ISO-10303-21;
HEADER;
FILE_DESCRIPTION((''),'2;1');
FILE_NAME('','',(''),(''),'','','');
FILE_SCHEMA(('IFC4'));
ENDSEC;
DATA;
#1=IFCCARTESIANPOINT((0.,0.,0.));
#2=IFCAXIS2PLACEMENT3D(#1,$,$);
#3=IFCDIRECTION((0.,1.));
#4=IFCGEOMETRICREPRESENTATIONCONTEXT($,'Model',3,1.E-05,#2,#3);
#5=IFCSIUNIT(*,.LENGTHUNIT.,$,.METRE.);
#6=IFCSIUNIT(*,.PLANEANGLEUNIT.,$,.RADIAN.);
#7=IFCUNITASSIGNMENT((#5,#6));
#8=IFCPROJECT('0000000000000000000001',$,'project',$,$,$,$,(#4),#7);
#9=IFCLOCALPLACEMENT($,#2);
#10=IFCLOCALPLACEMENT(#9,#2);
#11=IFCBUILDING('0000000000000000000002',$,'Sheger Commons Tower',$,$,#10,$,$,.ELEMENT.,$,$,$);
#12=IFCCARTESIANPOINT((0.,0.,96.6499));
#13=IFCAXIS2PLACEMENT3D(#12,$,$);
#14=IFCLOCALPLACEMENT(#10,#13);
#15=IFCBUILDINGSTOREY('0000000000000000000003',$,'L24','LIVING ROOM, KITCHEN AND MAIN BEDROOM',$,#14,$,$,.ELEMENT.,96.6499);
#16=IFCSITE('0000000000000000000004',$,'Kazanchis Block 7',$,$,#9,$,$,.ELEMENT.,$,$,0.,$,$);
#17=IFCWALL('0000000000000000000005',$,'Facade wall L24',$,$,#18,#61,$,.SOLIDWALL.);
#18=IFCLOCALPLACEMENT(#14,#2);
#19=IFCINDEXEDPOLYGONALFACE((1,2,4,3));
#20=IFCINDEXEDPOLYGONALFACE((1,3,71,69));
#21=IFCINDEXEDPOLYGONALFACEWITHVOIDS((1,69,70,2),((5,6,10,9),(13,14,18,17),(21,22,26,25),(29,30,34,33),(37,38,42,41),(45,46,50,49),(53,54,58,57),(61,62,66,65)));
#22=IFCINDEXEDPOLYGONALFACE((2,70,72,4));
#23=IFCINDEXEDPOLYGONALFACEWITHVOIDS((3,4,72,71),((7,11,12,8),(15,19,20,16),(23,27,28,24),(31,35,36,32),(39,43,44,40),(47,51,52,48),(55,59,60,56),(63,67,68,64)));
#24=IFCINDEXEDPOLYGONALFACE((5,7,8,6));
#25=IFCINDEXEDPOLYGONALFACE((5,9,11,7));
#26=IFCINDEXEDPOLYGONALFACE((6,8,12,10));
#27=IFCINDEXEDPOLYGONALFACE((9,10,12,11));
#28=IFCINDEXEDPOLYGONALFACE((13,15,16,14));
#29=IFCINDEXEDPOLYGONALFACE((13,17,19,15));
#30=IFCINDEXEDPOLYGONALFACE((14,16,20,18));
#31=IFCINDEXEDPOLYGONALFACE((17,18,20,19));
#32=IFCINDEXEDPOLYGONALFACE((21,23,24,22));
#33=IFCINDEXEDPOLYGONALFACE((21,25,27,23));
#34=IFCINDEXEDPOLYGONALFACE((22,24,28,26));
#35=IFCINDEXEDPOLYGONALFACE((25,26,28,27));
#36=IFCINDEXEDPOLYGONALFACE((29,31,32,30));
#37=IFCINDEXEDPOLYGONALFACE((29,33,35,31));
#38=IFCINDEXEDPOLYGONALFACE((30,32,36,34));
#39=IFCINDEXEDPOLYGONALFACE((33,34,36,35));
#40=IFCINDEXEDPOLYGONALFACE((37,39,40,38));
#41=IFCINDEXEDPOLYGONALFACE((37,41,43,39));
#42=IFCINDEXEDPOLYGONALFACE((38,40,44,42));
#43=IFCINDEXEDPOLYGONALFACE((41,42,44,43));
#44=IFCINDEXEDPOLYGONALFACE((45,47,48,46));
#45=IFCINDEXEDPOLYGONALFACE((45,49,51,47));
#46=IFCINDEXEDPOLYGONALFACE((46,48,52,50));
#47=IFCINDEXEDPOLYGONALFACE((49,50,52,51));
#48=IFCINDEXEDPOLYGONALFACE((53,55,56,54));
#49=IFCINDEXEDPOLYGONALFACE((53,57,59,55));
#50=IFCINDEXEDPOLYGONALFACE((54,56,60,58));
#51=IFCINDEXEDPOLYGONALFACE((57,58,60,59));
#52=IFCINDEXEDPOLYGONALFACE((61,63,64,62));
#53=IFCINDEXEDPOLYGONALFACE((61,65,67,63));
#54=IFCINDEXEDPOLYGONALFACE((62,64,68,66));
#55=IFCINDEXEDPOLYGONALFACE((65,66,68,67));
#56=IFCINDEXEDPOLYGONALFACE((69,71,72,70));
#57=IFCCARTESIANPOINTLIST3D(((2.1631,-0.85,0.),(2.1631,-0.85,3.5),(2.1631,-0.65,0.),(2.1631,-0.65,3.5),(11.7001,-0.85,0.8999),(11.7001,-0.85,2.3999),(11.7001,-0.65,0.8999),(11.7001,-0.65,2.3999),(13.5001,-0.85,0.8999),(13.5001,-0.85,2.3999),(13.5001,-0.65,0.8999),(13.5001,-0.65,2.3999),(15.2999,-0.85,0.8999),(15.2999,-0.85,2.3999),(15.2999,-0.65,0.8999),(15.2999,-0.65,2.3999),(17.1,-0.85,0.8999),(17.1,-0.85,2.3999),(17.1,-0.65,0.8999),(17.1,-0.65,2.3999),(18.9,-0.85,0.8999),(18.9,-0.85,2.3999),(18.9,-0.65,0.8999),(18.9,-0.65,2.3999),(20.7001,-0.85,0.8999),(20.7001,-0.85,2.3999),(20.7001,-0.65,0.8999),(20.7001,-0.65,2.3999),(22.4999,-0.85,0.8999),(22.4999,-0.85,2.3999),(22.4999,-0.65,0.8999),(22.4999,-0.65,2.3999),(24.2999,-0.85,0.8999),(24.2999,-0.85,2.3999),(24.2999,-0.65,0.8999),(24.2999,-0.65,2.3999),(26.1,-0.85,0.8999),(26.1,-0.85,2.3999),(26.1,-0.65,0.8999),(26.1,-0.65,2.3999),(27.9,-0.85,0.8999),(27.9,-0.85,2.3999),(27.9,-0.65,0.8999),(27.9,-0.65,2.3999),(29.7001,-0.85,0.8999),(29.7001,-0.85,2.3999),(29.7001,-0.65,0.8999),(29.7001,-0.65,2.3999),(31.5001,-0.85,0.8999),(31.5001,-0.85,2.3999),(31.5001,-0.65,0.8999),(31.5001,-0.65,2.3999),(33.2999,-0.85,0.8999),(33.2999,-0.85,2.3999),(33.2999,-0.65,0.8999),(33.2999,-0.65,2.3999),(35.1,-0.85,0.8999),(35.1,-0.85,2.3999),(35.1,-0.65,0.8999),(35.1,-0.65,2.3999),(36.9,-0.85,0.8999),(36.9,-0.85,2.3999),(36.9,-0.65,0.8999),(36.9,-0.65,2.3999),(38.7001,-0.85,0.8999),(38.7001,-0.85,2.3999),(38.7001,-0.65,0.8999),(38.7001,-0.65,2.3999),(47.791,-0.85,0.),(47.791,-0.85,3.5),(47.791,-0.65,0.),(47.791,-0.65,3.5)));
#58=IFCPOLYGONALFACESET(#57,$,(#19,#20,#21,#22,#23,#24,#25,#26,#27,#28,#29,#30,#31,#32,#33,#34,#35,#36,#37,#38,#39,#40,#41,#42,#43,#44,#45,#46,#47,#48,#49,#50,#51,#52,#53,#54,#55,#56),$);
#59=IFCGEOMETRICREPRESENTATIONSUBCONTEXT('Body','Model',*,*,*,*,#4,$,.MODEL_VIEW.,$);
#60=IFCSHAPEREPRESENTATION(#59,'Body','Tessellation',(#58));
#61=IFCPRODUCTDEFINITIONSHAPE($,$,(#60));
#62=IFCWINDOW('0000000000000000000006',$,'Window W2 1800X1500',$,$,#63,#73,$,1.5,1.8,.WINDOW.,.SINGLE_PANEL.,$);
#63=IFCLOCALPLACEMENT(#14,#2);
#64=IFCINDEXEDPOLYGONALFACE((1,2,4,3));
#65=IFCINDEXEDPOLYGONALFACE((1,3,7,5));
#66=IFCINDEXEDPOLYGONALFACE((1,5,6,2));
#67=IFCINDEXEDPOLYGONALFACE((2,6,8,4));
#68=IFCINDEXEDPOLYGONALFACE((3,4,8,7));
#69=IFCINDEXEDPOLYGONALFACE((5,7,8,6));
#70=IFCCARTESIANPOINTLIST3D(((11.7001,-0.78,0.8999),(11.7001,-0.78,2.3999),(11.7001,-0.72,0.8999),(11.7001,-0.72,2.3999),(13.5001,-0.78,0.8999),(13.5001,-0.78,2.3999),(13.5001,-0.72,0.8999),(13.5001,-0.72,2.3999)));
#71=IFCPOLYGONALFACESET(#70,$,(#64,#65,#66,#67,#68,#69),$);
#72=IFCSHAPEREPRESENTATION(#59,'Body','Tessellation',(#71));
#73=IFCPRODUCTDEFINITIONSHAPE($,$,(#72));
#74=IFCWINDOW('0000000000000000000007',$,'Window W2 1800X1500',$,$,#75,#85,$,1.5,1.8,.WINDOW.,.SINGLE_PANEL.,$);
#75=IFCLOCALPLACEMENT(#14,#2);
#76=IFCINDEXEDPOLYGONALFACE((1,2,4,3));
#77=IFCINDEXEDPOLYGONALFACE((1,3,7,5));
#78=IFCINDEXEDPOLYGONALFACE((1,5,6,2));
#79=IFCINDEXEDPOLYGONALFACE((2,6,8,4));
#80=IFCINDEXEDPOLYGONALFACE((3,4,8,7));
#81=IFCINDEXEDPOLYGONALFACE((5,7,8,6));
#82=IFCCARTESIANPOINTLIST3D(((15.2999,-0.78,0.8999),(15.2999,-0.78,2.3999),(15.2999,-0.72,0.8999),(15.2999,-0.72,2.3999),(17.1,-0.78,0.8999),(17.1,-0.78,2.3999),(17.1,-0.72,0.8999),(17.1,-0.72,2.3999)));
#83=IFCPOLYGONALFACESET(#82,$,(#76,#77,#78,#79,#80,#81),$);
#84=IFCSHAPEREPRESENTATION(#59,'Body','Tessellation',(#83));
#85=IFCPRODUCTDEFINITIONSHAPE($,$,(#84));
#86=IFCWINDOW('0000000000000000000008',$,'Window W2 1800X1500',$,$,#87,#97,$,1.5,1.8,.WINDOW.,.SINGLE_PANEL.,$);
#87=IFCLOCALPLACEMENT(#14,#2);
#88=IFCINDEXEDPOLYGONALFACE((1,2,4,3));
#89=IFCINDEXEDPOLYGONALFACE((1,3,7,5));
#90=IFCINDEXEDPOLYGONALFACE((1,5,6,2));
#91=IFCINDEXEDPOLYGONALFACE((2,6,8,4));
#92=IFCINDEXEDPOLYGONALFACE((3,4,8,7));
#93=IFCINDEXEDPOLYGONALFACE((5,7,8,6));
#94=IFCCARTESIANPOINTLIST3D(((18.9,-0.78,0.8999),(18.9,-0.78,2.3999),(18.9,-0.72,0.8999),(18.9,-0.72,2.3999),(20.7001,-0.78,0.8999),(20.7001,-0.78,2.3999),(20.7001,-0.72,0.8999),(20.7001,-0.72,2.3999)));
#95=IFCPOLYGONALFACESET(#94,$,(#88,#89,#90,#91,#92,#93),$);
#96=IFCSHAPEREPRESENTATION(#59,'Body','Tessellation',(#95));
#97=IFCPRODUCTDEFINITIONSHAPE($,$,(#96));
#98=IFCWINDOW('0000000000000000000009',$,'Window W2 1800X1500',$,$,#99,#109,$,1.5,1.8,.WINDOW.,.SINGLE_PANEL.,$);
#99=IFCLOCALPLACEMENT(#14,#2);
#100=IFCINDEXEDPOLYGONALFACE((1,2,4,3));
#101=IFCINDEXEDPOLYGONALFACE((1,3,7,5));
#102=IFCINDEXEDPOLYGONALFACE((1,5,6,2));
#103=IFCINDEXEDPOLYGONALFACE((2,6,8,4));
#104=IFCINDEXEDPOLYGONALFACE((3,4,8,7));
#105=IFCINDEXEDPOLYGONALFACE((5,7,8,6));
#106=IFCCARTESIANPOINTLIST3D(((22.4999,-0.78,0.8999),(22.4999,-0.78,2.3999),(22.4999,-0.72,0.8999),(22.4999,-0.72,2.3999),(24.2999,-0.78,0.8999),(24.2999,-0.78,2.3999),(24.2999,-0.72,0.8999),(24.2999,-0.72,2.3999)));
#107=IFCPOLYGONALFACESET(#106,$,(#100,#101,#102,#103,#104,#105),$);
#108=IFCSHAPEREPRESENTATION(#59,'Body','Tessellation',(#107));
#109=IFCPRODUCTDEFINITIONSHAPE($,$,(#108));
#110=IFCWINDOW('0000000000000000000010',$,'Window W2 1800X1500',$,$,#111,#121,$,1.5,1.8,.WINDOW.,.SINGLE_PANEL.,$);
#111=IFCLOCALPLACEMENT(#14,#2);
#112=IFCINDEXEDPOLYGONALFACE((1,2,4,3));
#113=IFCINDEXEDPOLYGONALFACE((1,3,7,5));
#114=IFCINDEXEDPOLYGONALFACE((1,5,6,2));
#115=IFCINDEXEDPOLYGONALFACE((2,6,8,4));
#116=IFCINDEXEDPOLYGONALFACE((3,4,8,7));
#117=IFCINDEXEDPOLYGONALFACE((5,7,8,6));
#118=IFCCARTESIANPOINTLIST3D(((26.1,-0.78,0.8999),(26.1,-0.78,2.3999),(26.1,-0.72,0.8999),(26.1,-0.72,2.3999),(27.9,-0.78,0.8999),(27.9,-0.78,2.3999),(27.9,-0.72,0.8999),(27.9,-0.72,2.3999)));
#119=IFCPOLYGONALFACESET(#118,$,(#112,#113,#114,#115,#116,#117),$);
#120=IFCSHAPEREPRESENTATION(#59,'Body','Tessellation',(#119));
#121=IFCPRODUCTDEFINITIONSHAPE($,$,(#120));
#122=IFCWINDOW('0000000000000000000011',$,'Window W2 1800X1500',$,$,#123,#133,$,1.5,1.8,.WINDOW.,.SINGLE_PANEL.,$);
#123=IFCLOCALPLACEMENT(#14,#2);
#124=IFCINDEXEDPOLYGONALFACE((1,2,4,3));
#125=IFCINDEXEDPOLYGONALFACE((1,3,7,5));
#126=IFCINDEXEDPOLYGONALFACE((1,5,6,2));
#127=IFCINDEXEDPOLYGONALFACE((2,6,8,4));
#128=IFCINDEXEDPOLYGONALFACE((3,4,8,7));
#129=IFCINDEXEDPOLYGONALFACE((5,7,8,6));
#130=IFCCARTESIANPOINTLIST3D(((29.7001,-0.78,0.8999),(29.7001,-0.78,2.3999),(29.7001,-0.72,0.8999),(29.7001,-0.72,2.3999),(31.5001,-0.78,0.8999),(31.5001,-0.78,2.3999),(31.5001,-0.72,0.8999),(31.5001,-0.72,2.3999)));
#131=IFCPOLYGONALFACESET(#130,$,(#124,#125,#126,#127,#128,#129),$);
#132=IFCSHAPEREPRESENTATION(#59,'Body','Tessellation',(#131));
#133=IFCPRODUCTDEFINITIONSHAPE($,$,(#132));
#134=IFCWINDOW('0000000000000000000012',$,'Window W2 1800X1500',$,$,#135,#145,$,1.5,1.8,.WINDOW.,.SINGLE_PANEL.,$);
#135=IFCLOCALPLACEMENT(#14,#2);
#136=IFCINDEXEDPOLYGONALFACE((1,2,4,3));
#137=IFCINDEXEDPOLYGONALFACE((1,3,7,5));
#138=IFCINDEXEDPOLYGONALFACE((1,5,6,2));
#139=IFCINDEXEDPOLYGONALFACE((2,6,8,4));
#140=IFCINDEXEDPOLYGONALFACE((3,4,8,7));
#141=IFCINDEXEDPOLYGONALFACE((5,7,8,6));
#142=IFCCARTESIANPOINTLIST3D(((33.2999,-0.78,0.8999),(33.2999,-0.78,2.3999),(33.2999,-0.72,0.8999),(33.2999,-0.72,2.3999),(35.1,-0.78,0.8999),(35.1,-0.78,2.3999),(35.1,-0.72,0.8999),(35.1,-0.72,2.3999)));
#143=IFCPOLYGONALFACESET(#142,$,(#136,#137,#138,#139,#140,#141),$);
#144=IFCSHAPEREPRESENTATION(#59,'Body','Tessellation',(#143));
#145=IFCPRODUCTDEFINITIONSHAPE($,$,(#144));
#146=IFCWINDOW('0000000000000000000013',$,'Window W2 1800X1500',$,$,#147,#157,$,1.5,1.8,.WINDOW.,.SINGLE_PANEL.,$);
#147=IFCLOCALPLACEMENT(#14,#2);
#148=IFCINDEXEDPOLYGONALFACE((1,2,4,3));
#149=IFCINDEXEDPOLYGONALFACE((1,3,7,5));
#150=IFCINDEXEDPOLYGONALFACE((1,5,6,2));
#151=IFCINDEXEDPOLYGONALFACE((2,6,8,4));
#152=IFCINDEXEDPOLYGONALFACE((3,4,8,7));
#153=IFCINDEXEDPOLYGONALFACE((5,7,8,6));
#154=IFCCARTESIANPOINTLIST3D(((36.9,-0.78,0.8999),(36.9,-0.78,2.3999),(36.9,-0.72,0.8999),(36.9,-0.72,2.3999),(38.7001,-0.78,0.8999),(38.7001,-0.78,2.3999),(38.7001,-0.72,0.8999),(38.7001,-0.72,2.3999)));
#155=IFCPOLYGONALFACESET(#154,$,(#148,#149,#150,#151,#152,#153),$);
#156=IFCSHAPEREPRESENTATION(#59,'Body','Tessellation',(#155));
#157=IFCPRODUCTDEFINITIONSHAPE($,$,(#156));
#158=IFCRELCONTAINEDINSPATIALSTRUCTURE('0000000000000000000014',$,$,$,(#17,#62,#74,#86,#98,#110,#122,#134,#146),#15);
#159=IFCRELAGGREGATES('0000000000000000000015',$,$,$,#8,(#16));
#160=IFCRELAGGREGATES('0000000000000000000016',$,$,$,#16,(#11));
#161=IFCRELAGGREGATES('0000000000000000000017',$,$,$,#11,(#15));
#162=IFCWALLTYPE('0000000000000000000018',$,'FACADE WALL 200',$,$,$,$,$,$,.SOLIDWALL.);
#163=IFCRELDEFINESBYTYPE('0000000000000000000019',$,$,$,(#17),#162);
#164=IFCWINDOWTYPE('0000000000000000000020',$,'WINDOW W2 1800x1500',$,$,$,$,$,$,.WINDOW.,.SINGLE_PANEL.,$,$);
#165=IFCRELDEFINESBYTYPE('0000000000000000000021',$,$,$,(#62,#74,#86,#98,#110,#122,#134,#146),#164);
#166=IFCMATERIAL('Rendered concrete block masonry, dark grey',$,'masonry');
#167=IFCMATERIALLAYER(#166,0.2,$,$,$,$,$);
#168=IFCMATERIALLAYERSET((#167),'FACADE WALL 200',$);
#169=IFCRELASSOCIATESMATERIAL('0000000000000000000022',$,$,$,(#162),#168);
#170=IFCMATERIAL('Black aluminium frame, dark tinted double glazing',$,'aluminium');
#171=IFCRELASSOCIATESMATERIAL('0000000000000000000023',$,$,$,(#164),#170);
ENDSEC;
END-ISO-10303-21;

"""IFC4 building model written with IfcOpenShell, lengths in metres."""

from ifc_helpers import new_model, si_unit, direction, frame, frame_2d, origin, place, context, subcontext, project, spatial, rectangle, extrude, material, layer, layer_set, type_object, element, fill, save


model = new_model("IFC4")

# Units and contexts
model_context = context("Model", 3, precision=1e-05, world=origin(), true_north=direction((0.0, 1.0)))
body_context = subcontext(model_context, "Body", "Model", "MODEL_VIEW")
ifc_project = project(units=[si_unit("LENGTHUNIT", "METRE"), si_unit("PLANEANGLEUNIT", "RADIAN")], contexts=[model_context])

# Site, building, storey
site_placement = place(None, origin())
site = spatial("IfcSite", under=ifc_project, at=site_placement, Name="Kazanchis Block 7", CompositionType="ELEMENT", RefElevation=0.0)
building_placement = place(site_placement, origin())
building = spatial("IfcBuilding", under=site, at=building_placement, Name="Sheger Commons Tower", CompositionType="ELEMENT")
storey_placement = place(building_placement, frame((0.0, 0.0, 96.6499)))
storey = spatial("IfcBuildingStorey", under=building, at=storey_placement, Name="L24", Description="LIVING ROOM, KITCHEN AND MAIN BEDROOM", CompositionType="ELEMENT", Elevation=96.6499)

# Wall, openings, windows
ifc_material_1 = material(Name="Rendered concrete block masonry, dark grey", Category="masonry")
ifc_layer_1 = layer(ifc_material_1, 0.2)
ifc_layer_set_1 = layer_set([ifc_layer_1], Name="FACADE WALL 200")
wall_type_1 = type_object("IfcWallType", Name="FACADE WALL 200", PredefinedType="SOLIDWALL", material=ifc_layer_set_1)
wall_1_placement = place(storey_placement, frame((2.1631, -0.75, 0.0), z_axis=(0.0, 0.0, 1.0), x_axis=(1.0, 0.0, 0.0)))
wall_1 = element("IfcWall", 1, at=wall_1_placement, inside=storey, type_object=wall_type_1, Name="Facade wall L24", PredefinedType="SOLIDWALL", context=body_context, shape_type="SweptSolid", body=[
    extrude(rectangle(XDim=45.6279, YDim=0.2, at=frame_2d((22.814, 0.0))), origin(), (0.0, 0.0, 1.0), 3.5),
])
opening_1_placement = place(wall_1_placement, frame((9.5371, 0.0, 0.8999)))
opening_1 = element("IfcOpeningElement", 2, at=opening_1_placement, cuts=wall_1, PredefinedType="OPENING", context=body_context, shape_type="SweptSolid", body=[
    extrude(rectangle(XDim=1.8, YDim=1.5, at=frame_2d((0.8999, 0.75))), frame((0.0, 0.1099, 0.0), z_axis=(0.0, -1.0, 0.0), x_axis=(1.0, 0.0, 0.0)), (0.0, 0.0, 1.0), 0.22),
])
opening_2_placement = place(wall_1_placement, frame((13.137, 0.0, 0.8999)))
opening_2 = element("IfcOpeningElement", 3, at=opening_2_placement, cuts=wall_1, PredefinedType="OPENING", context=body_context, shape_type="SweptSolid", body=[
    extrude(rectangle(XDim=1.8, YDim=1.5, at=frame_2d((0.8999, 0.75))), frame((0.0, 0.1099, 0.0), z_axis=(0.0, -1.0, 0.0), x_axis=(1.0, 0.0, 0.0)), (0.0, 0.0, 1.0), 0.22),
])
opening_3_placement = place(wall_1_placement, frame((16.7371, 0.0, 0.8999)))
opening_3 = element("IfcOpeningElement", 4, at=opening_3_placement, cuts=wall_1, PredefinedType="OPENING", context=body_context, shape_type="SweptSolid", body=[
    extrude(rectangle(XDim=1.8, YDim=1.5, at=frame_2d((0.8999, 0.75))), frame((0.0, 0.1099, 0.0), z_axis=(0.0, -1.0, 0.0), x_axis=(1.0, 0.0, 0.0)), (0.0, 0.0, 1.0), 0.22),
])
opening_4_placement = place(wall_1_placement, frame((20.3369, 0.0, 0.8999)))
opening_4 = element("IfcOpeningElement", 5, at=opening_4_placement, cuts=wall_1, PredefinedType="OPENING", context=body_context, shape_type="SweptSolid", body=[
    extrude(rectangle(XDim=1.8, YDim=1.5, at=frame_2d((0.8999, 0.75))), frame((0.0, 0.1099, 0.0), z_axis=(0.0, -1.0, 0.0), x_axis=(1.0, 0.0, 0.0)), (0.0, 0.0, 1.0), 0.22),
])
opening_5_placement = place(wall_1_placement, frame((23.937, 0.0, 0.8999)))
opening_5 = element("IfcOpeningElement", 6, at=opening_5_placement, cuts=wall_1, PredefinedType="OPENING", context=body_context, shape_type="SweptSolid", body=[
    extrude(rectangle(XDim=1.8, YDim=1.5, at=frame_2d((0.8999, 0.75))), frame((0.0, 0.1099, 0.0), z_axis=(0.0, -1.0, 0.0), x_axis=(1.0, 0.0, 0.0)), (0.0, 0.0, 1.0), 0.22),
])
opening_6_placement = place(wall_1_placement, frame((27.5371, 0.0, 0.8999)))
opening_6 = element("IfcOpeningElement", 7, at=opening_6_placement, cuts=wall_1, PredefinedType="OPENING", context=body_context, shape_type="SweptSolid", body=[
    extrude(rectangle(XDim=1.8, YDim=1.5, at=frame_2d((0.8999, 0.75))), frame((0.0, 0.1099, 0.0), z_axis=(0.0, -1.0, 0.0), x_axis=(1.0, 0.0, 0.0)), (0.0, 0.0, 1.0), 0.22),
])
opening_7_placement = place(wall_1_placement, frame((31.137, 0.0, 0.8999)))
opening_7 = element("IfcOpeningElement", 8, at=opening_7_placement, cuts=wall_1, PredefinedType="OPENING", context=body_context, shape_type="SweptSolid", body=[
    extrude(rectangle(XDim=1.8, YDim=1.5, at=frame_2d((0.8999, 0.75))), frame((0.0, 0.1099, 0.0), z_axis=(0.0, -1.0, 0.0), x_axis=(1.0, 0.0, 0.0)), (0.0, 0.0, 1.0), 0.22),
])
opening_8_placement = place(wall_1_placement, frame((34.7371, 0.0, 0.8999)))
opening_8 = element("IfcOpeningElement", 9, at=opening_8_placement, cuts=wall_1, PredefinedType="OPENING", context=body_context, shape_type="SweptSolid", body=[
    extrude(rectangle(XDim=1.8, YDim=1.5, at=frame_2d((0.8999, 0.75))), frame((0.0, 0.1099, 0.0), z_axis=(0.0, -1.0, 0.0), x_axis=(1.0, 0.0, 0.0)), (0.0, 0.0, 1.0), 0.22),
])
ifc_material_2 = material(Name="Black aluminium frame, dark tinted double glazing", Category="aluminium")
window_type = type_object("IfcWindowType", Name="WINDOW W2 1800x1500", PartitioningType="SINGLE_PANEL", PredefinedType="WINDOW", material=ifc_material_2)
window_1_placement = place(opening_1_placement, origin())
window_1 = element("IfcWindow", 10, at=window_1_placement, inside=storey, type_object=window_type, Name="Window W2 1800X1500", OverallHeight=1.5, OverallWidth=1.8, PartitioningType="SINGLE_PANEL", PredefinedType="WINDOW", context=body_context, shape_type="SweptSolid", body=[
    extrude(rectangle(XDim=1.8, YDim=1.5, at=frame_2d((0.8999, 0.75))), frame((0.0, 0.03, 0.0), z_axis=(0.0, -1.0, 0.0), x_axis=(1.0, 0.0, 0.0)), (0.0, 0.0, 1.0), 0.0601),
])
fill(opening_1, window_1)
window_2_placement = place(opening_2_placement, origin())
window_2 = element("IfcWindow", 11, at=window_2_placement, inside=storey, type_object=window_type, Name="Window W2 1800X1500", OverallHeight=1.5, OverallWidth=1.8, PartitioningType="SINGLE_PANEL", PredefinedType="WINDOW", context=body_context, shape_type="SweptSolid", body=[
    extrude(rectangle(XDim=1.8, YDim=1.5, at=frame_2d((0.8999, 0.75))), frame((0.0, 0.03, 0.0), z_axis=(0.0, -1.0, 0.0), x_axis=(1.0, 0.0, 0.0)), (0.0, 0.0, 1.0), 0.0601),
])
fill(opening_2, window_2)
window_3_placement = place(opening_3_placement, origin())
window_3 = element("IfcWindow", 12, at=window_3_placement, inside=storey, type_object=window_type, Name="Window W2 1800X1500", OverallHeight=1.5, OverallWidth=1.8, PartitioningType="SINGLE_PANEL", PredefinedType="WINDOW", context=body_context, shape_type="SweptSolid", body=[
    extrude(rectangle(XDim=1.8, YDim=1.5, at=frame_2d((0.8999, 0.75))), frame((0.0, 0.03, 0.0), z_axis=(0.0, -1.0, 0.0), x_axis=(1.0, 0.0, 0.0)), (0.0, 0.0, 1.0), 0.0601),
])
fill(opening_3, window_3)
window_4_placement = place(opening_4_placement, origin())
window_4 = element("IfcWindow", 13, at=window_4_placement, inside=storey, type_object=window_type, Name="Window W2 1800X1500", OverallHeight=1.5, OverallWidth=1.8, PartitioningType="SINGLE_PANEL", PredefinedType="WINDOW", context=body_context, shape_type="SweptSolid", body=[
    extrude(rectangle(XDim=1.8, YDim=1.5, at=frame_2d((0.8999, 0.75))), frame((0.0, 0.03, 0.0), z_axis=(0.0, -1.0, 0.0), x_axis=(1.0, 0.0, 0.0)), (0.0, 0.0, 1.0), 0.0601),
])
fill(opening_4, window_4)
window_5_placement = place(opening_5_placement, origin())
window_5 = element("IfcWindow", 14, at=window_5_placement, inside=storey, type_object=window_type, Name="Window W2 1800X1500", OverallHeight=1.5, OverallWidth=1.8, PartitioningType="SINGLE_PANEL", PredefinedType="WINDOW", context=body_context, shape_type="SweptSolid", body=[
    extrude(rectangle(XDim=1.8, YDim=1.5, at=frame_2d((0.8999, 0.75))), frame((0.0, 0.03, 0.0), z_axis=(0.0, -1.0, 0.0), x_axis=(1.0, 0.0, 0.0)), (0.0, 0.0, 1.0), 0.0601),
])
fill(opening_5, window_5)
window_6_placement = place(opening_6_placement, origin())
window_6 = element("IfcWindow", 15, at=window_6_placement, inside=storey, type_object=window_type, Name="Window W2 1800X1500", OverallHeight=1.5, OverallWidth=1.8, PartitioningType="SINGLE_PANEL", PredefinedType="WINDOW", context=body_context, shape_type="SweptSolid", body=[
    extrude(rectangle(XDim=1.8, YDim=1.5, at=frame_2d((0.8999, 0.75))), frame((0.0, 0.03, 0.0), z_axis=(0.0, -1.0, 0.0), x_axis=(1.0, 0.0, 0.0)), (0.0, 0.0, 1.0), 0.0601),
])
fill(opening_6, window_6)
window_7_placement = place(opening_7_placement, origin())
window_7 = element("IfcWindow", 16, at=window_7_placement, inside=storey, type_object=window_type, Name="Window W2 1800X1500", OverallHeight=1.5, OverallWidth=1.8, PartitioningType="SINGLE_PANEL", PredefinedType="WINDOW", context=body_context, shape_type="SweptSolid", body=[
    extrude(rectangle(XDim=1.8, YDim=1.5, at=frame_2d((0.8999, 0.75))), frame((0.0, 0.03, 0.0), z_axis=(0.0, -1.0, 0.0), x_axis=(1.0, 0.0, 0.0)), (0.0, 0.0, 1.0), 0.0601),
])
fill(opening_7, window_7)
window_8_placement = place(opening_8_placement, origin())
window_8 = element("IfcWindow", 17, at=window_8_placement, inside=storey, type_object=window_type, Name="Window W2 1800X1500", OverallHeight=1.5, OverallWidth=1.8, PartitioningType="SINGLE_PANEL", PredefinedType="WINDOW", context=body_context, shape_type="SweptSolid", body=[
    extrude(rectangle(XDim=1.8, YDim=1.5, at=frame_2d((0.8999, 0.75))), frame((0.0, 0.03, 0.0), z_axis=(0.0, -1.0, 0.0), x_axis=(1.0, 0.0, 0.0)), (0.0, 0.0, 1.0), 0.0601),
])
fill(opening_8, window_8)

save(model, "model.ifc")
